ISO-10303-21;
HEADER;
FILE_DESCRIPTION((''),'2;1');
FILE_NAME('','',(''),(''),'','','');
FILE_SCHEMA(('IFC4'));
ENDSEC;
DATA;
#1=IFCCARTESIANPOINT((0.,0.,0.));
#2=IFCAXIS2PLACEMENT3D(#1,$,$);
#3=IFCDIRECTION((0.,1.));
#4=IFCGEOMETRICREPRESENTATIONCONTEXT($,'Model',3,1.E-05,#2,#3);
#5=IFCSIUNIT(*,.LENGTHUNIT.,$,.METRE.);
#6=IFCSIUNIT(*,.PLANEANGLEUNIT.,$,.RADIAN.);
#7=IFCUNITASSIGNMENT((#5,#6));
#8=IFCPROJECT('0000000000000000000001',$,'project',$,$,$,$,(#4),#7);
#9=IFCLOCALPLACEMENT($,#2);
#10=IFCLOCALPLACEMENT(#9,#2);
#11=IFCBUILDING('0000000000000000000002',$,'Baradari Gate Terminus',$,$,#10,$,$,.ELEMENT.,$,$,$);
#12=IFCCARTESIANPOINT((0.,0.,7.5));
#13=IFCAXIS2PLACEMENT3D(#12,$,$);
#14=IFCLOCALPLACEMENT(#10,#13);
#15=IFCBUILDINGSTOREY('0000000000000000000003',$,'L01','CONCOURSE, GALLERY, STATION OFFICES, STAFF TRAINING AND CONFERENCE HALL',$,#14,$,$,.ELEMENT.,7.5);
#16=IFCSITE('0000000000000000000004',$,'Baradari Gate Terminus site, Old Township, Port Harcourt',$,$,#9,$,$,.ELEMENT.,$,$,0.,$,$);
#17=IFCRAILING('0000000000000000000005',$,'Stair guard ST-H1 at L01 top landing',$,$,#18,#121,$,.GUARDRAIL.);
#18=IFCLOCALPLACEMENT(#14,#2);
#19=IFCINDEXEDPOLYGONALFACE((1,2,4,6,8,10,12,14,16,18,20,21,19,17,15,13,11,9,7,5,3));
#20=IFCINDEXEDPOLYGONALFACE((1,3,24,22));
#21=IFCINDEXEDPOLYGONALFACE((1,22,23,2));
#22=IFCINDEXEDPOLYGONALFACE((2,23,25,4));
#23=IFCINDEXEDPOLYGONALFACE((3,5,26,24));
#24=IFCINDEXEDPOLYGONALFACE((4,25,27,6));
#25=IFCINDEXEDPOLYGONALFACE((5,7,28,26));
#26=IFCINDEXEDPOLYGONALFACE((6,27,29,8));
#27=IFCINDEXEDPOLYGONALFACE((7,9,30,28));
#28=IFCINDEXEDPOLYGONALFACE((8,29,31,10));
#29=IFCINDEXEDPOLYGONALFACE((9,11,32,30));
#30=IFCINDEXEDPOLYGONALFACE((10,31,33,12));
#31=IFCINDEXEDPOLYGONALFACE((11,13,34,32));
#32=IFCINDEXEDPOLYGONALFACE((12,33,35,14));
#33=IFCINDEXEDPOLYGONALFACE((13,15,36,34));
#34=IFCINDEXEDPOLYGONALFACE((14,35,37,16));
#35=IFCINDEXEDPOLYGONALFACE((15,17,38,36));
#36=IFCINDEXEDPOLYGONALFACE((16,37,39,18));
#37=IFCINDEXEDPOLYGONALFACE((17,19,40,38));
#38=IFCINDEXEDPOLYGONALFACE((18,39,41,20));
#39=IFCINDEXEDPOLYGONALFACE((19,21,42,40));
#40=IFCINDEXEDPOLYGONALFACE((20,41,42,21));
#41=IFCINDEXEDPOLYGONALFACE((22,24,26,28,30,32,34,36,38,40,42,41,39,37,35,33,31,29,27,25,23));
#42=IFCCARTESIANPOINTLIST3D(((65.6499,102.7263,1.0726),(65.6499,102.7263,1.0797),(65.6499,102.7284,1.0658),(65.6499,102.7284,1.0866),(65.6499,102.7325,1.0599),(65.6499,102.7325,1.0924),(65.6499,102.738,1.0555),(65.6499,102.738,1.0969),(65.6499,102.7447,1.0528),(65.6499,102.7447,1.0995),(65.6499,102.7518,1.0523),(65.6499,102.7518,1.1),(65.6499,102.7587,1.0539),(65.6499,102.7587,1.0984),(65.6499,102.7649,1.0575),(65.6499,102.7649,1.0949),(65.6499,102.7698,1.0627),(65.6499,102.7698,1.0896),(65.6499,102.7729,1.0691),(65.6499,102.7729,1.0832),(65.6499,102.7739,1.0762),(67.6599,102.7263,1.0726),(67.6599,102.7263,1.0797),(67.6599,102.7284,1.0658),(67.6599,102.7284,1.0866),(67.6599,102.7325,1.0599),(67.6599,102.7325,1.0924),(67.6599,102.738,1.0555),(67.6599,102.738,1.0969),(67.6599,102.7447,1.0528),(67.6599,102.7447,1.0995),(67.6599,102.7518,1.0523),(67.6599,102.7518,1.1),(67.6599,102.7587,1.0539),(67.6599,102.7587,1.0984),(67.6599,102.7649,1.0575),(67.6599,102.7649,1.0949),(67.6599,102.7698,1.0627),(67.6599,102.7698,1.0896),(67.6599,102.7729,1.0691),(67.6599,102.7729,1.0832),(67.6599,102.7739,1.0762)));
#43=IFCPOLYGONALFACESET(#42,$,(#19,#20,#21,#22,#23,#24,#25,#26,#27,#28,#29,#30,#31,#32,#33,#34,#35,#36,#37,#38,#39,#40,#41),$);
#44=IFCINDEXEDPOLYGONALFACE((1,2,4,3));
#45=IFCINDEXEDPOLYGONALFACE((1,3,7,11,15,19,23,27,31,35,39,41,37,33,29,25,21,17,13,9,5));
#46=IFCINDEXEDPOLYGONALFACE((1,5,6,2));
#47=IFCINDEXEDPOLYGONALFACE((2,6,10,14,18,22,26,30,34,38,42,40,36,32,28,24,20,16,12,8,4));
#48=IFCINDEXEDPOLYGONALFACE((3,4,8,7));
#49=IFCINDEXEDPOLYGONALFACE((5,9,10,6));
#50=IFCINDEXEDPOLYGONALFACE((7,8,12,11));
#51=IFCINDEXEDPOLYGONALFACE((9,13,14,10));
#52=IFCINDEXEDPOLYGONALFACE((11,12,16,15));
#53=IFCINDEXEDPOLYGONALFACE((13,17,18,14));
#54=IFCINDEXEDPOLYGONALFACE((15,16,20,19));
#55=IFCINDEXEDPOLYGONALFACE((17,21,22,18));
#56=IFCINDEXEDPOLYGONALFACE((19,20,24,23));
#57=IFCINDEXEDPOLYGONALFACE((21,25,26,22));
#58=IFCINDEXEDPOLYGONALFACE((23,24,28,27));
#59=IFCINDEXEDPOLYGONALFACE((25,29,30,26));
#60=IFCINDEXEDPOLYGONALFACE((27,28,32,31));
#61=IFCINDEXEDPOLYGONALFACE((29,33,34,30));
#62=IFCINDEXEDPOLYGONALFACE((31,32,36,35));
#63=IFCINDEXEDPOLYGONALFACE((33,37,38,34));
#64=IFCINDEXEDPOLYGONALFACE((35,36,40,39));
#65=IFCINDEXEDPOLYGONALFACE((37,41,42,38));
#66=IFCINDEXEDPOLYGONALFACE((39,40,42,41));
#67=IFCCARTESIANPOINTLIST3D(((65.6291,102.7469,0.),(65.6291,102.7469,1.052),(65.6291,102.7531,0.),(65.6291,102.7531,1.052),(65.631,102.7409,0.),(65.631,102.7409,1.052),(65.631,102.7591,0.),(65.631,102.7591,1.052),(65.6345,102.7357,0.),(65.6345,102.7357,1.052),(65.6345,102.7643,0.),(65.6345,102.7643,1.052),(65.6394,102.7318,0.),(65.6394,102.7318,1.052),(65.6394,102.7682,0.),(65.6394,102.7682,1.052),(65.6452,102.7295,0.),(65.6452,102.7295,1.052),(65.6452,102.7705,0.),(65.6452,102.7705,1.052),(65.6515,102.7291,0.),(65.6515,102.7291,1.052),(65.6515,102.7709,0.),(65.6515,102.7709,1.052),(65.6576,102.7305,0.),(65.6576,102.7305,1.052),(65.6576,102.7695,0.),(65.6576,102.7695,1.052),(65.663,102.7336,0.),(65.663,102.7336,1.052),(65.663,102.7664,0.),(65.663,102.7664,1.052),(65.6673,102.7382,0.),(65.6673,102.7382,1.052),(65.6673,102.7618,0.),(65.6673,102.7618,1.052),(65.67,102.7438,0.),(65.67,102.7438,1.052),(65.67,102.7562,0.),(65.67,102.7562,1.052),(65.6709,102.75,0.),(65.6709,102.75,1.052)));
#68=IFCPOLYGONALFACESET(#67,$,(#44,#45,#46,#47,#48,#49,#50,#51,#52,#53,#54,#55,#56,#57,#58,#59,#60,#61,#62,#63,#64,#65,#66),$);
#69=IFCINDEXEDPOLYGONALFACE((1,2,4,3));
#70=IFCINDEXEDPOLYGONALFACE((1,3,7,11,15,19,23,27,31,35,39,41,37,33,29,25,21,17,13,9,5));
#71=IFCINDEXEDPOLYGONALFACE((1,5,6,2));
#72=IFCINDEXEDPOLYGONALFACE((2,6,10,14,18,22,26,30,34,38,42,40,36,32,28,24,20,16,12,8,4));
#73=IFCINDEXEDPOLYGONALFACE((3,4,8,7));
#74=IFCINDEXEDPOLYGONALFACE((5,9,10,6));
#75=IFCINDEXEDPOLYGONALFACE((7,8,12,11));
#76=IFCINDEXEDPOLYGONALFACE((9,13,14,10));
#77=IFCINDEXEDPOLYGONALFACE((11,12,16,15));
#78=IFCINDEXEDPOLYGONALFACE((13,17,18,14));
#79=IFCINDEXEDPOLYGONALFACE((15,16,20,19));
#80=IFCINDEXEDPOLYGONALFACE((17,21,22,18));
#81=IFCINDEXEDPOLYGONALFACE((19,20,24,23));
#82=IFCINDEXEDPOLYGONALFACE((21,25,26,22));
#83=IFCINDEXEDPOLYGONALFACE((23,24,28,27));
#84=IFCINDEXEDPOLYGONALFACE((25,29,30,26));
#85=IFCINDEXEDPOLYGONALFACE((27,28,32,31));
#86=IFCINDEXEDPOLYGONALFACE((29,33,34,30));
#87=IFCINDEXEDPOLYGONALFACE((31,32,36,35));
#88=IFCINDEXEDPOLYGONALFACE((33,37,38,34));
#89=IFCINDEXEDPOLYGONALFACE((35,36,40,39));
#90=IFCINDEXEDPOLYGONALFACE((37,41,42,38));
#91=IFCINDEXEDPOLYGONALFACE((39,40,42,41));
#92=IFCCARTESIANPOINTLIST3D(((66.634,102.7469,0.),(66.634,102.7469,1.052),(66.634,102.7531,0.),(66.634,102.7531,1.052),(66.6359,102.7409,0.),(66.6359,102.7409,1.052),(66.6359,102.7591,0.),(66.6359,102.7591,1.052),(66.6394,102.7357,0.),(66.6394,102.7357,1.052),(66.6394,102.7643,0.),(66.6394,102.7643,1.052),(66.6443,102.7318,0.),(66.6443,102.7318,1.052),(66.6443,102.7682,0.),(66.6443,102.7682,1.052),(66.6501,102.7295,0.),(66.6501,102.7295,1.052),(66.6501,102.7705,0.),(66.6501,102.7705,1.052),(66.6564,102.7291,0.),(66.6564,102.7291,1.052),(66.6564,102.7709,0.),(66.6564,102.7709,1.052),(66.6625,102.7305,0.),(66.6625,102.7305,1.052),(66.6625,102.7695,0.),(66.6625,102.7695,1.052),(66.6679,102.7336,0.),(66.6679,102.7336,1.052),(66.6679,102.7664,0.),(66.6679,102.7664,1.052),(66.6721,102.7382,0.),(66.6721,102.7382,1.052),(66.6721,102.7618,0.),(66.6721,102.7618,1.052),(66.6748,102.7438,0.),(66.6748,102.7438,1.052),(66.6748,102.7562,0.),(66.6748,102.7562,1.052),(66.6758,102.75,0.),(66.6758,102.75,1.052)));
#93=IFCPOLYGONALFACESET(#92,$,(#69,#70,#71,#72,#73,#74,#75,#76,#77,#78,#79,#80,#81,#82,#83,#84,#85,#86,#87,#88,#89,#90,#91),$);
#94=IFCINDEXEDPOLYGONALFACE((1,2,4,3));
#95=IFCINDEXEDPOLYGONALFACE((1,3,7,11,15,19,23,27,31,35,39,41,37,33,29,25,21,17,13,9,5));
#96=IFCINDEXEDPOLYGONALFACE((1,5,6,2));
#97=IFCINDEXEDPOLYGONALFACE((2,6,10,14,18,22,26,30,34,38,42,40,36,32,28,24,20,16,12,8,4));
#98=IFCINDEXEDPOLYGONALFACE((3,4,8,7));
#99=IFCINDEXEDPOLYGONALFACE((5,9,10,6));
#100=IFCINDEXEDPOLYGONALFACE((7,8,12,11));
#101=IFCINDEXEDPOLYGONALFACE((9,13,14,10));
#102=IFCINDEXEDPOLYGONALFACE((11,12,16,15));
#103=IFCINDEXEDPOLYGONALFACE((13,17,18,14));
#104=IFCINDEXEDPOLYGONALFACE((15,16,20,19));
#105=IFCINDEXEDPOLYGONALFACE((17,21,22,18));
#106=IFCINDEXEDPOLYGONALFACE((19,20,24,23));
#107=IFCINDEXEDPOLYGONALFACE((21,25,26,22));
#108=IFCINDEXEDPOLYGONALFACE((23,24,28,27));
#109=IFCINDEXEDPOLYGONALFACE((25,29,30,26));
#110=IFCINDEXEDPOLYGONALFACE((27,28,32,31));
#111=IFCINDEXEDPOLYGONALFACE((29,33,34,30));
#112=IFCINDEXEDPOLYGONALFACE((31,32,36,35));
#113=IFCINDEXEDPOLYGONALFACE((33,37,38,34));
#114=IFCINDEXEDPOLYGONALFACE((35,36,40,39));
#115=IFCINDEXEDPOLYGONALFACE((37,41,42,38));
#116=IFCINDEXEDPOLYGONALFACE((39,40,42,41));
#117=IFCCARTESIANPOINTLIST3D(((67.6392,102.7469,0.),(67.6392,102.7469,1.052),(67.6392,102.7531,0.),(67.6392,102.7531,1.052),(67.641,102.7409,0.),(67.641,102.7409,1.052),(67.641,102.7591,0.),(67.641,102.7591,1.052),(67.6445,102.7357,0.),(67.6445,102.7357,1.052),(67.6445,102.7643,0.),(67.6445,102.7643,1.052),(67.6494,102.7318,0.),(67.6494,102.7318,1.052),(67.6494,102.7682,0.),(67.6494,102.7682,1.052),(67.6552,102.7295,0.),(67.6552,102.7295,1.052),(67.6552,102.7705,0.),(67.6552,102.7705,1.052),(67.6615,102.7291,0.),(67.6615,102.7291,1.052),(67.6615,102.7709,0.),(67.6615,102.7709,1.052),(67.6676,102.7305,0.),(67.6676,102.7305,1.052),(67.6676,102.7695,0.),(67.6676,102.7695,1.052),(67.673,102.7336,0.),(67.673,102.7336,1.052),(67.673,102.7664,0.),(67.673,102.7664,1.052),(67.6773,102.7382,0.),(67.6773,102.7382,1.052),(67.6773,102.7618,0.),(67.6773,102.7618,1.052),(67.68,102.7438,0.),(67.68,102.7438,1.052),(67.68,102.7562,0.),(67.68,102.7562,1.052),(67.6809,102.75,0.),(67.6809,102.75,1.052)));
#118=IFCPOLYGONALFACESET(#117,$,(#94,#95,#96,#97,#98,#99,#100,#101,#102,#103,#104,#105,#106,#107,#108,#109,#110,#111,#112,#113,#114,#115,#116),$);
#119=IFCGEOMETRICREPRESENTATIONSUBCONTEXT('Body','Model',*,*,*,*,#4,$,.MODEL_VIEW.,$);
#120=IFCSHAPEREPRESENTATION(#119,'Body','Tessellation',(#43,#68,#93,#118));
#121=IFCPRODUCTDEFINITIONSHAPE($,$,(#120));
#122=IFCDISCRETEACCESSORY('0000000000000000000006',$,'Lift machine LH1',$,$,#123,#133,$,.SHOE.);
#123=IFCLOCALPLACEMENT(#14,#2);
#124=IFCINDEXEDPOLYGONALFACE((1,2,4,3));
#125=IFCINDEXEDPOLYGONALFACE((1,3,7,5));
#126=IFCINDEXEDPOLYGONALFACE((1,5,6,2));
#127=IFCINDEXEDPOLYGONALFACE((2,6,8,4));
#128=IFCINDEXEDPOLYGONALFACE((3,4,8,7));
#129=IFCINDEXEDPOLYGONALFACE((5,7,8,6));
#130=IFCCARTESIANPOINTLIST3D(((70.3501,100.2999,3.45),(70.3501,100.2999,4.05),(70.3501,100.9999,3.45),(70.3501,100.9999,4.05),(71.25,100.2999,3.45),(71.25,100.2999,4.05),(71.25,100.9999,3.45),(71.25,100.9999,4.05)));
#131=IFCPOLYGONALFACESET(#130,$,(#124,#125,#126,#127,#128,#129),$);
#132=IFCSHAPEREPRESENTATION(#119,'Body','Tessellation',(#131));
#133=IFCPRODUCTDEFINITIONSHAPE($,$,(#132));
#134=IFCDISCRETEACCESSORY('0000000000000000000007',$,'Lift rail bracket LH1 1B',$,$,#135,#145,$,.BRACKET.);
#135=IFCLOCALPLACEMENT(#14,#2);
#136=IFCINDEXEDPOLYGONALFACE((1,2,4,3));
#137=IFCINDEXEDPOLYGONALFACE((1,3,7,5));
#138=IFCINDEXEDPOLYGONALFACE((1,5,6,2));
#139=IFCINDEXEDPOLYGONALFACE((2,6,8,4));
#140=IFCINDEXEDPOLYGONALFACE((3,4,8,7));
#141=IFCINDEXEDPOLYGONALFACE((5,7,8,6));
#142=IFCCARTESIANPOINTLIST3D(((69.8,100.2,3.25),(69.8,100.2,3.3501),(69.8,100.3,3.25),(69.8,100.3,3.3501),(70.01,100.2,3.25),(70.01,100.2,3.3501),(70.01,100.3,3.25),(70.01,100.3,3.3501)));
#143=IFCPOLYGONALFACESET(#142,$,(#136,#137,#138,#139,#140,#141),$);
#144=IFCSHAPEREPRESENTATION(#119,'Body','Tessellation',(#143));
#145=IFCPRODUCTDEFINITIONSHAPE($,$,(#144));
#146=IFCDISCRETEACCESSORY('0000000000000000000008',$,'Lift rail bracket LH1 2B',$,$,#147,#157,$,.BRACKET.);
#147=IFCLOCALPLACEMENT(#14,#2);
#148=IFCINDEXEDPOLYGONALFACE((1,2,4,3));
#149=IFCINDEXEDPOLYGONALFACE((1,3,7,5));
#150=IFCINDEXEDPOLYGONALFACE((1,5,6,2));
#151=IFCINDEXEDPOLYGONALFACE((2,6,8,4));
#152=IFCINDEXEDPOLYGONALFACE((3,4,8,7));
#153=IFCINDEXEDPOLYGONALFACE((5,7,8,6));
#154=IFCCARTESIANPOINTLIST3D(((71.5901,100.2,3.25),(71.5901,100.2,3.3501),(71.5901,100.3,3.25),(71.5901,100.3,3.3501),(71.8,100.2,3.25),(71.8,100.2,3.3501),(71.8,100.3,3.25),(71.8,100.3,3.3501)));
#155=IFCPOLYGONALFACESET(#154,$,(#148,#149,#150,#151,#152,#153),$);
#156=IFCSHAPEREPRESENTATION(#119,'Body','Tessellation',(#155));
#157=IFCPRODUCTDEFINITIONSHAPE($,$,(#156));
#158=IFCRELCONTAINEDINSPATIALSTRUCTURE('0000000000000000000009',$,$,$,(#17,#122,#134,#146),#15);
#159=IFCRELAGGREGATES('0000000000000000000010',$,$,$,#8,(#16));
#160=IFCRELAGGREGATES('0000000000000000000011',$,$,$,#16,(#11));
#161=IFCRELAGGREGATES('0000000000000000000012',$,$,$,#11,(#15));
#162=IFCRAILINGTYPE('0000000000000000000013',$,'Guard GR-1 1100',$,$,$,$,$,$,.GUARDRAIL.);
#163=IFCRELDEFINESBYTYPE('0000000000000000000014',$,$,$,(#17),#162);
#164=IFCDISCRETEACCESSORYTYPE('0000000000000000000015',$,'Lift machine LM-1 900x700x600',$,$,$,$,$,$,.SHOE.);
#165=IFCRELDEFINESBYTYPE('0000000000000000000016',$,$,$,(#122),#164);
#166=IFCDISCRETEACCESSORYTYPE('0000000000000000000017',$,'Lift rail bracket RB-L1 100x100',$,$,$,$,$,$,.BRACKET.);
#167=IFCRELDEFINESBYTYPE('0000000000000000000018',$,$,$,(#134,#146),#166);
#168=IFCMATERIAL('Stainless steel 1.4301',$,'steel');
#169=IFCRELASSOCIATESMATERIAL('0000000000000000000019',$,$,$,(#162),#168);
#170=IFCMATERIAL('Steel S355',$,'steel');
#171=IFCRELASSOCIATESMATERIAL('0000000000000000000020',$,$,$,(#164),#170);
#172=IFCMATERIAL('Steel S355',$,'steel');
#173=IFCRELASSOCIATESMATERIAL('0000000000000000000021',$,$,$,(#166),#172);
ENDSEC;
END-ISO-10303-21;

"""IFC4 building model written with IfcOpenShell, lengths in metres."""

from ifc_helpers import new_model, si_unit, direction, frame, origin, origin_2d, place, context, subcontext, project, spatial, rectangle, circle, extrude, material, type_object, element, save


model = new_model("IFC4")

# Units and contexts
model_context = context("Model", 3, precision=1e-05, world=origin(), true_north=direction((0.0, 1.0)))
body_context = subcontext(model_context, "Body", "Model", "MODEL_VIEW")
ifc_project = project(units=[si_unit("LENGTHUNIT", "METRE"), si_unit("PLANEANGLEUNIT", "RADIAN")], contexts=[model_context])

# Site, building, storey
site_placement = place(None, origin())
site = spatial("IfcSite", under=ifc_project, at=site_placement, Name="Baradari Gate Terminus site, Old Township, Port Harcourt", CompositionType="ELEMENT", RefElevation=0.0)
building_placement = place(site_placement, origin())
building = spatial("IfcBuilding", under=site, at=building_placement, Name="Baradari Gate Terminus", CompositionType="ELEMENT")
storey_placement = place(building_placement, frame((0.0, 0.0, 7.5)))
storey = spatial("IfcBuildingStorey", under=building, at=storey_placement, Name="L01", Description="CONCOURSE, GALLERY, STATION OFFICES, STAFF TRAINING AND CONFERENCE HALL", CompositionType="ELEMENT", Elevation=7.5)

# Railing
ifc_material_1 = material(Name="Stainless steel 1.4301", Category="steel")
railing_type = type_object("IfcRailingType", Name="Guard GR-1 1100", PredefinedType="GUARDRAIL", material=ifc_material_1)
railing_placement = place(storey_placement, frame((65.6499, 102.75, 0.0)))
element("IfcRailing", 1, at=railing_placement, inside=storey, type_object=railing_type, Name="Stair guard ST-H1 at L01 top landing", PredefinedType="GUARDRAIL", context=body_context, shape_type="SweptSolid", body=[
    extrude(circle(Radius=0.0239, at=origin_2d()), frame((0.0, 0.0, 1.0762), z_axis=(1.0, 0.0, 0.0), x_axis=(0.0, 1.0, 0.0)), (0.0, 0.0, 1.0), 2.01),
    extrude(circle(Radius=0.021, at=origin_2d()), origin(), (0.0, 0.0, 1.0), 1.052),
    extrude(circle(Radius=0.021, at=origin_2d()), frame((1.0049, 0.0, 0.0)), (0.0, 0.0, 1.0), 1.052),
    extrude(circle(Radius=0.021, at=origin_2d()), frame((2.01, 0.0, 0.0)), (0.0, 0.0, 1.0), 1.052),
])

# Discrete accessories
ifc_material_2 = material(Name="Steel S355", Category="steel")
discrete_accessory_type_1 = type_object("IfcDiscreteAccessoryType", Name="Lift machine LM-1 900x700x600", PredefinedType="SHOE", material=ifc_material_2)
discrete_accessory_placement = place(storey_placement, frame((70.8, 100.6499, 3.45), z_axis=(0.0, 0.0, 1.0), x_axis=(1.0, 0.0, 0.0)))
element("IfcDiscreteAccessory", 2, at=discrete_accessory_placement, inside=storey, type_object=discrete_accessory_type_1, Name="Lift machine LH1", PredefinedType="SHOE", context=body_context, shape_type="SweptSolid", body=[
    extrude(rectangle(XDim=0.8999, YDim=0.7, at=origin_2d()), origin(), (0.0, 0.0, 1.0), 0.6001),
])
ifc_material_3 = material(Name="Steel S355", Category="steel")
discrete_accessory_type_2 = type_object("IfcDiscreteAccessoryType", Name="Lift rail bracket RB-L1 100x100", PredefinedType="BRACKET", material=ifc_material_3)
for number, where, z_axis, x_axis, name in (
    (3, (69.905, 100.25, 3.25), (0.0, 0.0, 1.0), (1.0, 0.0, 0.0), "Lift rail bracket LH1 1B"),
    (4, (71.6951, 100.25, 3.25), (0.0, 0.0, 1.0), (1.0, 0.0, 0.0), "Lift rail bracket LH1 2B"),
):
    element("IfcDiscreteAccessory", number, at=place(storey_placement, frame(where, z_axis=z_axis, x_axis=x_axis)), inside=storey, type_object=discrete_accessory_type_2, Name=name, PredefinedType="BRACKET", context=body_context, shape_type="SweptSolid", body=[
        extrude(rectangle(XDim=0.21, YDim=0.1001, at=origin_2d()), origin(), (0.0, 0.0, 1.0), 0.1001),
    ])

save(model, "model.ifc")
